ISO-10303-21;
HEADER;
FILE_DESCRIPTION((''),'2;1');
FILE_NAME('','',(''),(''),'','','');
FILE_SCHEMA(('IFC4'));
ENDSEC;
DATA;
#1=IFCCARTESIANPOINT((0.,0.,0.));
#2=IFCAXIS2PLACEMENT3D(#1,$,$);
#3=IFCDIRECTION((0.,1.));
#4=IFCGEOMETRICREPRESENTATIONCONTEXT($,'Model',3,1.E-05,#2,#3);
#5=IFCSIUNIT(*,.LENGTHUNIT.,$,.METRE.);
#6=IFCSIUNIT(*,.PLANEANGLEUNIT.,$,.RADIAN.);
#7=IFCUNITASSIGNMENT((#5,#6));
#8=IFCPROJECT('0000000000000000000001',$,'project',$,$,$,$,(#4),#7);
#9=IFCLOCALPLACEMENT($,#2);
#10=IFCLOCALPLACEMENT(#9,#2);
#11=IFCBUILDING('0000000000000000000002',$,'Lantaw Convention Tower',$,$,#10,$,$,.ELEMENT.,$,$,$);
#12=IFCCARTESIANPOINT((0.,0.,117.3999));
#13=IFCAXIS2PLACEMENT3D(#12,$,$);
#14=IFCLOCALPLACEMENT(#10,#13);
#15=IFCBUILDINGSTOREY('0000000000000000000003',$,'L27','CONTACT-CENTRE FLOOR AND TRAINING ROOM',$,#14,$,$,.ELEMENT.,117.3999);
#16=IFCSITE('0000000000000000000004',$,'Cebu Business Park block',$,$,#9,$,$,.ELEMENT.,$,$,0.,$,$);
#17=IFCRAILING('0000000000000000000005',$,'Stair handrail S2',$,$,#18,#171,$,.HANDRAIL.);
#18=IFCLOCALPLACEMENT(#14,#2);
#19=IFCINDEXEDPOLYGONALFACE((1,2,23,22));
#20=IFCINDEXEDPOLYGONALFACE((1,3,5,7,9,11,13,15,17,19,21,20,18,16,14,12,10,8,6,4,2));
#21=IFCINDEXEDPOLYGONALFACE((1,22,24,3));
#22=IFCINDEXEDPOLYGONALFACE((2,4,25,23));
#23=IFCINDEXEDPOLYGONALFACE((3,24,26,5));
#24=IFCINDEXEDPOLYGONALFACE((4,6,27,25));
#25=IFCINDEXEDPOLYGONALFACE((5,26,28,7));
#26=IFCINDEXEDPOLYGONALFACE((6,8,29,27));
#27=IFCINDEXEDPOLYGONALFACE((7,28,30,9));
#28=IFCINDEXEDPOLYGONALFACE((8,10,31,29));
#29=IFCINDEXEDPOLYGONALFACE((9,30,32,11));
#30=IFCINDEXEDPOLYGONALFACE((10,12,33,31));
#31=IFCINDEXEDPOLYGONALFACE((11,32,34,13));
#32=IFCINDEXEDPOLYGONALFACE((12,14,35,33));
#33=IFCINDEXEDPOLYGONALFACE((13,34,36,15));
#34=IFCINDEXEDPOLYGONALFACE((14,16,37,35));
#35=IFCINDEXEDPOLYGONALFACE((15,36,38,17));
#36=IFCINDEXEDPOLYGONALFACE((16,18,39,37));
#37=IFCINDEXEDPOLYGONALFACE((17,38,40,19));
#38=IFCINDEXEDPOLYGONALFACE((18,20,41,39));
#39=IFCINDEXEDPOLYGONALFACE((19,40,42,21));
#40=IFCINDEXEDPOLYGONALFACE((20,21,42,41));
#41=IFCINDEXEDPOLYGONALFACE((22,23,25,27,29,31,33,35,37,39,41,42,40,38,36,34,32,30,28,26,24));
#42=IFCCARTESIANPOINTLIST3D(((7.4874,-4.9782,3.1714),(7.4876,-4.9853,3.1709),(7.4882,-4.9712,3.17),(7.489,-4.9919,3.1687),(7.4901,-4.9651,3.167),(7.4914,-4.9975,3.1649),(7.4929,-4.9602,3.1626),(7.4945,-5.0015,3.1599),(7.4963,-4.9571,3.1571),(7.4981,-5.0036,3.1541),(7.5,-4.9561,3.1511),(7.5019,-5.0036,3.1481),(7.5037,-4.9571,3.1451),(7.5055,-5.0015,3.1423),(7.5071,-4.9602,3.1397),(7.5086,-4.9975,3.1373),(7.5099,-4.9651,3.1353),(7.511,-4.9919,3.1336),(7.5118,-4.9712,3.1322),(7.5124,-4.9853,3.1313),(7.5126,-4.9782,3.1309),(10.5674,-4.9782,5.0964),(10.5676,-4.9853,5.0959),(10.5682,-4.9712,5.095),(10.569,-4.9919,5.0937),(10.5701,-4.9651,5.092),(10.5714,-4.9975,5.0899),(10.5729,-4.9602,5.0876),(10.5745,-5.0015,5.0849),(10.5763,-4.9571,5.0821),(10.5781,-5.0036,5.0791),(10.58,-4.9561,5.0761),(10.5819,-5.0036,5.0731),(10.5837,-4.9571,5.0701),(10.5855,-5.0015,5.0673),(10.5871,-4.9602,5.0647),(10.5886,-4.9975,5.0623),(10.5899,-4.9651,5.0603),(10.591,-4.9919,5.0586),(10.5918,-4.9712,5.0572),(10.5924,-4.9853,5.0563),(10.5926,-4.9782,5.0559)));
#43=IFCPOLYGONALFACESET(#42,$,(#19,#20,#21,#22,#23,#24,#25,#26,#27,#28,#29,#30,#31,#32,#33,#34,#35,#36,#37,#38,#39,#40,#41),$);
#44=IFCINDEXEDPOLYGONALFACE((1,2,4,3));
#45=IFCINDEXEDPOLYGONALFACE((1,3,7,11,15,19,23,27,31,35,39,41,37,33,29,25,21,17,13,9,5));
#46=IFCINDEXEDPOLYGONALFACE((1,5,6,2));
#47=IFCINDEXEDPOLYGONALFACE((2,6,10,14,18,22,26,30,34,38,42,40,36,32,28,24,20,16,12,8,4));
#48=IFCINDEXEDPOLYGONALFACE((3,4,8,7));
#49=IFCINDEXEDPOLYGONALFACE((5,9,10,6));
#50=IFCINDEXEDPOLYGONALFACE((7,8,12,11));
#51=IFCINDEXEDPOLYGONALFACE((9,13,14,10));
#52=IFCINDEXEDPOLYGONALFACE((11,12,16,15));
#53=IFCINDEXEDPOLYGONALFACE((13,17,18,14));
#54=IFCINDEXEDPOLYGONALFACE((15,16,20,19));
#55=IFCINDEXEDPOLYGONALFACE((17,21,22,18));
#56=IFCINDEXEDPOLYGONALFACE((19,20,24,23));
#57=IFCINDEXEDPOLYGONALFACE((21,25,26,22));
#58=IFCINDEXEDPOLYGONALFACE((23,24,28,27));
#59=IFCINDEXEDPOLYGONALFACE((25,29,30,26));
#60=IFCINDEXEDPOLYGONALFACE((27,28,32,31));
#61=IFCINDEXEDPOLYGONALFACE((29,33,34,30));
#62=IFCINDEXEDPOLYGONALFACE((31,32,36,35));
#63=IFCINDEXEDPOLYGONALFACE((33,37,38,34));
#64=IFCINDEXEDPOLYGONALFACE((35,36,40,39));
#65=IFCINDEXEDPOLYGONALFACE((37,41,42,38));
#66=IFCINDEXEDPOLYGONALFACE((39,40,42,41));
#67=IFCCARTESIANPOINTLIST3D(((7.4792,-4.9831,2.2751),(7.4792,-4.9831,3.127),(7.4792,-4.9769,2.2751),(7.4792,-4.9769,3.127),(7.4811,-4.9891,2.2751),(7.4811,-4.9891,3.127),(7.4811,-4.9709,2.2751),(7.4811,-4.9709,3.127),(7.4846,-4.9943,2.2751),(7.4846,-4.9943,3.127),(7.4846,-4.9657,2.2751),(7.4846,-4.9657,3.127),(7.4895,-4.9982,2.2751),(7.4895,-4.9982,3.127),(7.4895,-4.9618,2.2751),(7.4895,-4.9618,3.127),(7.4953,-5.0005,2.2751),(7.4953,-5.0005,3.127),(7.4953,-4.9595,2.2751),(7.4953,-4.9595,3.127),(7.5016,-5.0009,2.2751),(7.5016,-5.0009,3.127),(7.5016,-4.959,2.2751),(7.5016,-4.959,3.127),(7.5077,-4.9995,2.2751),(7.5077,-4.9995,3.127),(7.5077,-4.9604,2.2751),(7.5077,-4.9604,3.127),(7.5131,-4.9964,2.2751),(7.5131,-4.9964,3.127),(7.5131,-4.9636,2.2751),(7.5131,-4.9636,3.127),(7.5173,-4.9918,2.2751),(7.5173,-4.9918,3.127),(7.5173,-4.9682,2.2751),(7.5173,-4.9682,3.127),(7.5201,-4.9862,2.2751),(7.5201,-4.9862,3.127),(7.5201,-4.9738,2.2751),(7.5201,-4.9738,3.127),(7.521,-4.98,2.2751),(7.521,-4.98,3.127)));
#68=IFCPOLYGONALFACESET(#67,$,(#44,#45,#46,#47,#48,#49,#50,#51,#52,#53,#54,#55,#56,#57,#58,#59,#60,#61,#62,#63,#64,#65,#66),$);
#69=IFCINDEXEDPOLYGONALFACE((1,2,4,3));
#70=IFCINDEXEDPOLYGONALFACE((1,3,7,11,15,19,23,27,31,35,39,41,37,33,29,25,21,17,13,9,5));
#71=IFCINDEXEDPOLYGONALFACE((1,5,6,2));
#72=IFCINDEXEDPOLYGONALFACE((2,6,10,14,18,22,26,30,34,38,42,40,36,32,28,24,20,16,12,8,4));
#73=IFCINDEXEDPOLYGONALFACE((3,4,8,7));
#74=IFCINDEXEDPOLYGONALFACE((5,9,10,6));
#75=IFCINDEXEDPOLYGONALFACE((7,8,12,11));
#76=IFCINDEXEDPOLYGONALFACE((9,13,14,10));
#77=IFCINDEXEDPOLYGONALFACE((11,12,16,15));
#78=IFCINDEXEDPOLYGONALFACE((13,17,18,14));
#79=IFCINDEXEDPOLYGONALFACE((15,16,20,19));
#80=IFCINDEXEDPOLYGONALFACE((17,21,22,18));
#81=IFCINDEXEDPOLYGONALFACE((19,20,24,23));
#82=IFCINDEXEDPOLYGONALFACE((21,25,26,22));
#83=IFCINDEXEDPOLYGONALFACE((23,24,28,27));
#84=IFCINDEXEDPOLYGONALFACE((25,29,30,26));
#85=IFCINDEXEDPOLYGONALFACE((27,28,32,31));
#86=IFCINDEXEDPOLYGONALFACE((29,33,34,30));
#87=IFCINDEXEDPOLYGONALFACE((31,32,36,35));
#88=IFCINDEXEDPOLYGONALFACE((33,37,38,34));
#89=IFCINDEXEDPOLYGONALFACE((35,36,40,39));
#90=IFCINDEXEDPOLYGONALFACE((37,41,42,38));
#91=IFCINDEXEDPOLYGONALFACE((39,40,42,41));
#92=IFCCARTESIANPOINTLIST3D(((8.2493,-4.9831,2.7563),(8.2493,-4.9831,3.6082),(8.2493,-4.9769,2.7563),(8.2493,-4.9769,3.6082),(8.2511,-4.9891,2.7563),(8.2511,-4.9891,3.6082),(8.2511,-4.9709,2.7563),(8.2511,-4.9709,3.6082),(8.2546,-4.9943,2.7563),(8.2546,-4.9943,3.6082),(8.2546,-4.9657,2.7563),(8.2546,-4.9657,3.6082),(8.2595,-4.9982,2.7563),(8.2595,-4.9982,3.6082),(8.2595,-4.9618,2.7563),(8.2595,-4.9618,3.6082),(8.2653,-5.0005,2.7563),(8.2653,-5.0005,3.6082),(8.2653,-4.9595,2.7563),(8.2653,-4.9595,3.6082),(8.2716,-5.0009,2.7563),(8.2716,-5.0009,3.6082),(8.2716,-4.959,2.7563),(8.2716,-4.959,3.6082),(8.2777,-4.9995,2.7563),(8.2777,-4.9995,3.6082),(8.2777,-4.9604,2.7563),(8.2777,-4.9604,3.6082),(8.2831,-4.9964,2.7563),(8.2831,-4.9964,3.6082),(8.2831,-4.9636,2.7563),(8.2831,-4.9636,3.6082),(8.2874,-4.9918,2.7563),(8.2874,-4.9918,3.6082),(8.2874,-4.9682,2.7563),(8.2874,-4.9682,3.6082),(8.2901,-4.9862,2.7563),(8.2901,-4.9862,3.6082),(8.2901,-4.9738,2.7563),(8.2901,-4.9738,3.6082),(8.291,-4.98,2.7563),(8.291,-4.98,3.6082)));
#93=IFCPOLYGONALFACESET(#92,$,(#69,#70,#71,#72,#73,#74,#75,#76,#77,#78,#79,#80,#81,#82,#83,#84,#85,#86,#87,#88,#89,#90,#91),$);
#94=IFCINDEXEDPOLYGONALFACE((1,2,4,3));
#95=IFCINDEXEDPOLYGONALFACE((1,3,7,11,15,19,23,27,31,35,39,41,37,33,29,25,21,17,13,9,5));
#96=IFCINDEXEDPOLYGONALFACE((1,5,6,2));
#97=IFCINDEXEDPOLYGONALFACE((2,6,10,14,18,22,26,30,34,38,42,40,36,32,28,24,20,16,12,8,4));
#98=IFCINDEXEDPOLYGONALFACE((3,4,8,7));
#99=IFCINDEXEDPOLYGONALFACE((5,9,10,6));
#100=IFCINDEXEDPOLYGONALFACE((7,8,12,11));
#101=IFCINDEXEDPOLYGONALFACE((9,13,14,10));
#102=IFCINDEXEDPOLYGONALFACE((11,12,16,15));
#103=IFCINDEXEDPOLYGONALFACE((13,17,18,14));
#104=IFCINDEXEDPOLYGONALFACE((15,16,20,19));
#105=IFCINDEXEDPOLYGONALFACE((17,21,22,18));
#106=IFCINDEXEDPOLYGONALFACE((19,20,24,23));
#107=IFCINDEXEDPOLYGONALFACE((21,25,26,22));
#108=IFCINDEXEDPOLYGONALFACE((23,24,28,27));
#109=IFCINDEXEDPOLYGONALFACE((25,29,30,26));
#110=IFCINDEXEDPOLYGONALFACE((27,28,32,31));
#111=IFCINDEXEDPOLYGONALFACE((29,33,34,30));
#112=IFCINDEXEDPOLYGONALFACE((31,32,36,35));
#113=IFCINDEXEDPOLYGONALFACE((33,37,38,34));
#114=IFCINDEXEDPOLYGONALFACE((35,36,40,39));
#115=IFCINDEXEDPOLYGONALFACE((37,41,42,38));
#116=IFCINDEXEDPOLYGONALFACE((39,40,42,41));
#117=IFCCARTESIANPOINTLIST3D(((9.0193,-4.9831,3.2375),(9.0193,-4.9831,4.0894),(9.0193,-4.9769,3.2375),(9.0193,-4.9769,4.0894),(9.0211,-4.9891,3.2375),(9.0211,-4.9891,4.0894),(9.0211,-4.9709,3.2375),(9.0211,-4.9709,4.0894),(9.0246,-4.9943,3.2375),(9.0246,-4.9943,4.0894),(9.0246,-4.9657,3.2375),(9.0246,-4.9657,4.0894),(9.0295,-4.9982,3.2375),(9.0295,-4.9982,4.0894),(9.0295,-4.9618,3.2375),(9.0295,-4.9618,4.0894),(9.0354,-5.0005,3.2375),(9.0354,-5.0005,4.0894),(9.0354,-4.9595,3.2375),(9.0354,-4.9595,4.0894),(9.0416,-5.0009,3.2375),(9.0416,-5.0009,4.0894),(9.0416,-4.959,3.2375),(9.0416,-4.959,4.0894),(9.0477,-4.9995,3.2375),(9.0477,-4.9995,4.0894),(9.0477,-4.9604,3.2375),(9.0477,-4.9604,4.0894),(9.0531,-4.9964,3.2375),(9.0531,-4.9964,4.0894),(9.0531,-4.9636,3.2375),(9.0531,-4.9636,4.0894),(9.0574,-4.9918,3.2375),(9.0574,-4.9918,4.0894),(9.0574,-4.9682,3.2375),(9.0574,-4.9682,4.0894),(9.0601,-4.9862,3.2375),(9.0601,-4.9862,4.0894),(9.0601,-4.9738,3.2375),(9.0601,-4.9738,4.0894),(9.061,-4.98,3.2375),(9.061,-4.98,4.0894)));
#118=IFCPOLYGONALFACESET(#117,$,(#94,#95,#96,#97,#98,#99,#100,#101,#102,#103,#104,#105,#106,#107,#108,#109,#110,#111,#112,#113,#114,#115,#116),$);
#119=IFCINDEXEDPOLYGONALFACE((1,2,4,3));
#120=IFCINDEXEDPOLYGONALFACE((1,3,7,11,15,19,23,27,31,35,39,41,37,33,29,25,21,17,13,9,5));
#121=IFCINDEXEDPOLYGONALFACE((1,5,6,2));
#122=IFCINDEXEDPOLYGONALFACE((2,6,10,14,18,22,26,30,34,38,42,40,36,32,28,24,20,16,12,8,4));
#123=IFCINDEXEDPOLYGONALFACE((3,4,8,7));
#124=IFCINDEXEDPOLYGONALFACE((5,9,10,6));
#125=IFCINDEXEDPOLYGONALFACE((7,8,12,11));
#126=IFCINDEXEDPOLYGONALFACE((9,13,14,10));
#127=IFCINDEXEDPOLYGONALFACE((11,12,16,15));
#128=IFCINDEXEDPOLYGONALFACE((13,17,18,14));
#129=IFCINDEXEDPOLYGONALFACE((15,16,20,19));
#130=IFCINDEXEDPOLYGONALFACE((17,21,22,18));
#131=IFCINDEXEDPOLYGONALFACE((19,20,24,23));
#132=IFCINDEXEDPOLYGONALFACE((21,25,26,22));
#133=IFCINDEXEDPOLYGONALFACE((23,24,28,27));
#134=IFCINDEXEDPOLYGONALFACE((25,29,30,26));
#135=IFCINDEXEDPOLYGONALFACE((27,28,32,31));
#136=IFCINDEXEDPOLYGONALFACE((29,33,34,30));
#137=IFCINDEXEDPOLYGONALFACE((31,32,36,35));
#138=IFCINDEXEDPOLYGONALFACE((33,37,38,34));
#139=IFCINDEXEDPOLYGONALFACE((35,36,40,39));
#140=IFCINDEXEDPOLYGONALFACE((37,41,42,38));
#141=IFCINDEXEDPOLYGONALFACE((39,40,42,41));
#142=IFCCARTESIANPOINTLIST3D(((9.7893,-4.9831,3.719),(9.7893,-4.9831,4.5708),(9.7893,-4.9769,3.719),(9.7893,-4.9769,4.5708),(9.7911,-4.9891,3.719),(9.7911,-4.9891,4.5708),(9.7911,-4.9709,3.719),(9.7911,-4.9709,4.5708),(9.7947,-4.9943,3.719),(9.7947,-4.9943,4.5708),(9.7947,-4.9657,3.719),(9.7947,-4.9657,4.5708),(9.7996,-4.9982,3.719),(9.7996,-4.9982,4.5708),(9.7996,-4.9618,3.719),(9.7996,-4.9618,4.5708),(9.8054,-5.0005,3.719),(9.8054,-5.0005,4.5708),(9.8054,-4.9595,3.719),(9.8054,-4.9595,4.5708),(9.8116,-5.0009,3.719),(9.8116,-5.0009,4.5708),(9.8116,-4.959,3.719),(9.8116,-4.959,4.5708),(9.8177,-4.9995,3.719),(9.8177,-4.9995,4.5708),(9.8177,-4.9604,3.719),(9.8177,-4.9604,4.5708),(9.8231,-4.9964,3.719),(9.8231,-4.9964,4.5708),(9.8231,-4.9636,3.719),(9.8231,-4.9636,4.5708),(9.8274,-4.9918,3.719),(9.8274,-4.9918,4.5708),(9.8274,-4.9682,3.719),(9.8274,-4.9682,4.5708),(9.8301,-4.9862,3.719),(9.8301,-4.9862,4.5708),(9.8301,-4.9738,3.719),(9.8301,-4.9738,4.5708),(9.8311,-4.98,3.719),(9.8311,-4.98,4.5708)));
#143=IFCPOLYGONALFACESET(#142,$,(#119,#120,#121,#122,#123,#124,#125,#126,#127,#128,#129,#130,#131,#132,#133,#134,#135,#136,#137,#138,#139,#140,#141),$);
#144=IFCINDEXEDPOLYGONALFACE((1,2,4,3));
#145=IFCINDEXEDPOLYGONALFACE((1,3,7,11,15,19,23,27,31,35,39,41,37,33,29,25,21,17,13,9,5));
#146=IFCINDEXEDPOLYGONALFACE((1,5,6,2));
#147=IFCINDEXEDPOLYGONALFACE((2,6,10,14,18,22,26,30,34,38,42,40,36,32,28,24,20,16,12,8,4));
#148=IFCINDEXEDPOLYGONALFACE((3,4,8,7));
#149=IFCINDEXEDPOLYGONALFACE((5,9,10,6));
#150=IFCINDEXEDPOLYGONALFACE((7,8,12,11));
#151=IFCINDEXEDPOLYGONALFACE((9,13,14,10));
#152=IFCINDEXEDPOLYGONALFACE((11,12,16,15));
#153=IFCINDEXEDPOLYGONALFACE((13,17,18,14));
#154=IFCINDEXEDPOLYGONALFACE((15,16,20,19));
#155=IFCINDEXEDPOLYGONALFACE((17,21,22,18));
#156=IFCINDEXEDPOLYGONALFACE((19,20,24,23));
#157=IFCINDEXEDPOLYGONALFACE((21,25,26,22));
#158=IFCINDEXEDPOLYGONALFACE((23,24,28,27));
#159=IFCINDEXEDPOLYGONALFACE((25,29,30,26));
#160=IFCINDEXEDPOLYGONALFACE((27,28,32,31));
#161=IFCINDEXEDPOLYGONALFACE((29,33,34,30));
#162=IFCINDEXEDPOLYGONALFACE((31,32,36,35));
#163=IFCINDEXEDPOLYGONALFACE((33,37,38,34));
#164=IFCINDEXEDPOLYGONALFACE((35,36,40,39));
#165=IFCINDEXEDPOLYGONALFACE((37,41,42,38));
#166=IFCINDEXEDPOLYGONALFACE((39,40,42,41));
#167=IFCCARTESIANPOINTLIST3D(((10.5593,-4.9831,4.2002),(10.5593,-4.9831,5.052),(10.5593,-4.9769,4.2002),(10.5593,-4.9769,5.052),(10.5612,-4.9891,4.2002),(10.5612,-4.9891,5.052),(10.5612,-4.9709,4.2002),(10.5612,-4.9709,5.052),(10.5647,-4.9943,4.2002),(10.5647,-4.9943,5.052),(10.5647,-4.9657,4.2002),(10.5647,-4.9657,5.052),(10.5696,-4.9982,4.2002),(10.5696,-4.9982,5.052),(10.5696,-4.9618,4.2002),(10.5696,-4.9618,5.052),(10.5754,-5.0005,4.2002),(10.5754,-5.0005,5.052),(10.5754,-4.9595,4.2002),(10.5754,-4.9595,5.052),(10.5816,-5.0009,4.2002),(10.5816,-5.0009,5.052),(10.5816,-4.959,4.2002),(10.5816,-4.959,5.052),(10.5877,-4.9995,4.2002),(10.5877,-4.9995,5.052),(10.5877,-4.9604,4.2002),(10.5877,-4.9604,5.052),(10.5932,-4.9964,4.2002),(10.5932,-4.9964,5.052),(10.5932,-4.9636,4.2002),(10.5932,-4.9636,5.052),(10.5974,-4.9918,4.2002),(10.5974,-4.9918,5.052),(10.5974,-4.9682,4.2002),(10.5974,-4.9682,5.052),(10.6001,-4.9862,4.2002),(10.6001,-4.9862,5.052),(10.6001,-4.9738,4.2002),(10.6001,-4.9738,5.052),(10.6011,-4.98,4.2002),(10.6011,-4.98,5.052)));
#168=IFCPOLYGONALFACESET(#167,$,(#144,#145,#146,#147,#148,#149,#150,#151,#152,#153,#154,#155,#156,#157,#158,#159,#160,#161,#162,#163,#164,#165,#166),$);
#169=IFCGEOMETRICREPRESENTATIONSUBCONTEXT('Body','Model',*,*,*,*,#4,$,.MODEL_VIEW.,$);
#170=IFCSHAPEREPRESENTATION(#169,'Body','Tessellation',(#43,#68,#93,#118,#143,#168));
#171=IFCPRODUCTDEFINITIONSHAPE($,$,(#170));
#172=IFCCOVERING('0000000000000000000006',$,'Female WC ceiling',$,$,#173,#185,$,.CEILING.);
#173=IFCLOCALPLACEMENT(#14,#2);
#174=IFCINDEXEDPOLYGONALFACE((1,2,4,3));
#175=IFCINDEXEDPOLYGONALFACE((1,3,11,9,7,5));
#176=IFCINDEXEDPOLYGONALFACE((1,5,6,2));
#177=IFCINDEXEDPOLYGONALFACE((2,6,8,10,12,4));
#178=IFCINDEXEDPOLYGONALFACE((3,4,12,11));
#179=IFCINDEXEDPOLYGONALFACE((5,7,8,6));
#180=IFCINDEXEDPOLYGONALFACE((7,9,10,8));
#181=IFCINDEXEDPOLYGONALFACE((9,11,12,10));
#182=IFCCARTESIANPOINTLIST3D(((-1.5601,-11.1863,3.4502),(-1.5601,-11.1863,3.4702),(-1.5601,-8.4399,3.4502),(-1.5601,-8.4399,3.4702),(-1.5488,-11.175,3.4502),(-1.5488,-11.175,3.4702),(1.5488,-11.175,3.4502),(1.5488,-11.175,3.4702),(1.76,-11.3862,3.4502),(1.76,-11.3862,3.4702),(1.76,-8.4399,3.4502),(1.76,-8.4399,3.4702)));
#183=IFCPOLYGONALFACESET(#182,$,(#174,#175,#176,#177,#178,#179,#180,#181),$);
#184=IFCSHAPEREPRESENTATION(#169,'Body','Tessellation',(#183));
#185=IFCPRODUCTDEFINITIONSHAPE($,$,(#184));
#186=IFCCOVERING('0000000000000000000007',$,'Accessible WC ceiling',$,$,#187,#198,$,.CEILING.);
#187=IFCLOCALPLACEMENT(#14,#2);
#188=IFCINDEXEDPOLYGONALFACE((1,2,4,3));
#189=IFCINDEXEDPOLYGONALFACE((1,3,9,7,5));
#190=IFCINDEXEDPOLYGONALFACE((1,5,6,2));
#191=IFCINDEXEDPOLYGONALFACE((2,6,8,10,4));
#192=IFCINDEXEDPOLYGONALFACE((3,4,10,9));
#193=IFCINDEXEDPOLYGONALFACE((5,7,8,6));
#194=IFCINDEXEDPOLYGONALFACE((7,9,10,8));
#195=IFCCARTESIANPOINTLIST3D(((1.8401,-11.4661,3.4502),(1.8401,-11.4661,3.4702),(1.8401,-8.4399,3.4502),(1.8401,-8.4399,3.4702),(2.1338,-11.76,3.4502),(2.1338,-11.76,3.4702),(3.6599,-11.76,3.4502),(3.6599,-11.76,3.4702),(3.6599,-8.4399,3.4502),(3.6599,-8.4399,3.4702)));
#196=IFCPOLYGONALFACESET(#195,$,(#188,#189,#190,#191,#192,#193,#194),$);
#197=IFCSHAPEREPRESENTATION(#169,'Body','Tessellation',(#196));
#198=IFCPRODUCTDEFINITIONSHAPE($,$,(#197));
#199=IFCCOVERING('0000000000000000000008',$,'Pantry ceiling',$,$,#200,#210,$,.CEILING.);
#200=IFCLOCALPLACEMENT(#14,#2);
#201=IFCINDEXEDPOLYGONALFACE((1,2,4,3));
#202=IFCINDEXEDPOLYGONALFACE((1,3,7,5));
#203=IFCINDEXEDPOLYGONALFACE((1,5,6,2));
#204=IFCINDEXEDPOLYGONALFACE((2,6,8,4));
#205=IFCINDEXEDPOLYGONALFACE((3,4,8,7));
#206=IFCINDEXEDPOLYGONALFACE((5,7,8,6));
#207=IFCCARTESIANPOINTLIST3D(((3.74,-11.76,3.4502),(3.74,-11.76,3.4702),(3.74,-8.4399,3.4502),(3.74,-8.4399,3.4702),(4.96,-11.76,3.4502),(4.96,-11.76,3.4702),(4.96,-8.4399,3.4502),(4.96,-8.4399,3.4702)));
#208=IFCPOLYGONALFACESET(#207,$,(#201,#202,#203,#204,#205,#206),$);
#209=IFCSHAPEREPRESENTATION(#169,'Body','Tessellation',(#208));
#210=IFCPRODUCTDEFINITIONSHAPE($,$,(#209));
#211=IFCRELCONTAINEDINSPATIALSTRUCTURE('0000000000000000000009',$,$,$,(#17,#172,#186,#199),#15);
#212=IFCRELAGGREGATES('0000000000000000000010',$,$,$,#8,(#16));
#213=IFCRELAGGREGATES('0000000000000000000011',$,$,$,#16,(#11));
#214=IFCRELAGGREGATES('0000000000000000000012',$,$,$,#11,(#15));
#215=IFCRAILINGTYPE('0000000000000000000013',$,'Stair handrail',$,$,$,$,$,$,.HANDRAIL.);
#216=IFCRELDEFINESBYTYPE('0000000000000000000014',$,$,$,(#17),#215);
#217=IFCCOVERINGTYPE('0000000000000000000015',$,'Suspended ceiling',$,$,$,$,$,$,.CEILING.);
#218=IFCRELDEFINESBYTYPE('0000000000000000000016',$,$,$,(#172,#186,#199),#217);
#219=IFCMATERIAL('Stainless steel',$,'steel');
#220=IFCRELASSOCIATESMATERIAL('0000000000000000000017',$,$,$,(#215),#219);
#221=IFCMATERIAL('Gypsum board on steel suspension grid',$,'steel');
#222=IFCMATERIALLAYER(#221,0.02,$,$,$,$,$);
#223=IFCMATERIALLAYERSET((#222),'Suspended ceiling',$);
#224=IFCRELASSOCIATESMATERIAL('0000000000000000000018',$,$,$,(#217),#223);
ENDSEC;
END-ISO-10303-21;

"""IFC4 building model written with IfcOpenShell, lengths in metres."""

from ifc_helpers import new_model, si_unit, direction, frame, origin, origin_2d, place, context, subcontext, project, spatial, polyline, circle, outline, extrude, material, layer, layer_set, type_object, element, save


model = new_model("IFC4")

# Units and contexts
model_context = context("Model", 3, precision=1e-05, world=origin(), true_north=direction((0.0, 1.0)))
body_context = subcontext(model_context, "Body", "Model", "MODEL_VIEW")
ifc_project = project(units=[si_unit("LENGTHUNIT", "METRE"), si_unit("PLANEANGLEUNIT", "RADIAN")], contexts=[model_context])

# Site, building, storey
site_placement = place(None, origin())
site = spatial("IfcSite", under=ifc_project, at=site_placement, Name="Cebu Business Park block", CompositionType="ELEMENT", RefElevation=0.0)
building_placement = place(site_placement, origin())
building = spatial("IfcBuilding", under=site, at=building_placement, Name="Lantaw Convention Tower", CompositionType="ELEMENT")
storey_placement = place(building_placement, frame((0.0, 0.0, 117.3999)))
storey = spatial("IfcBuildingStorey", under=building, at=storey_placement, Name="L27", Description="CONTACT-CENTRE FLOOR AND TRAINING ROOM", CompositionType="ELEMENT", Elevation=117.3999)

# Railing
ifc_material_1 = material(Name="Stainless steel", Category="steel")
railing_type = type_object("IfcRailingType", Name="Stair handrail", PredefinedType="HANDRAIL", material=ifc_material_1)
railing_1_placement = place(storey_placement, frame((7.5, -4.98, 2.2751)))
element("IfcRailing", 1, at=railing_1_placement, inside=storey, type_object=railing_type, Name="Stair handrail S2", PredefinedType="HANDRAIL", context=body_context, shape_type="SweptSolid", body=[
    extrude(circle(Radius=0.0239, at=origin_2d()), frame((0.0, 0.0, 0.876), z_axis=(0.847998, 0.0, 0.529999), x_axis=(0.0, 1.0, 0.0)), (0.0, 0.0, 1.0), 3.6321),
    extrude(circle(Radius=0.021, at=origin_2d()), origin(), (0.0, 0.0, 1.0), 0.8518),
    extrude(circle(Radius=0.021, at=origin_2d()), frame((0.77, 0.0, 0.4812)), (0.0, 0.0, 1.0), 0.8518),
    extrude(circle(Radius=0.021, at=origin_2d()), frame((1.54, 0.0, 0.9624)), (0.0, 0.0, 1.0), 0.8518),
    extrude(circle(Radius=0.021, at=origin_2d()), frame((2.3101, 0.0, 1.4438)), (0.0, 0.0, 1.0), 0.8518),
    extrude(circle(Radius=0.021, at=origin_2d()), frame((3.0801, 0.0, 1.925)), (0.0, 0.0, 1.0), 0.8518),
])

# Coverings
ifc_material_2 = material(Name="Gypsum board on steel suspension grid", Category="steel")
ifc_layer_1 = layer(ifc_material_2, 0.02)
ifc_layer_set_1 = layer_set([ifc_layer_1], Name="Suspended ceiling")
covering_type = type_object("IfcCoveringType", Name="Suspended ceiling", PredefinedType="CEILING", material=ifc_layer_set_1)
covering_1_placement = place(storey_placement, frame((0.0, 0.0, 3.4502)))
element("IfcCovering", 2, at=covering_1_placement, inside=storey, type_object=covering_type, Name="Female WC ceiling", PredefinedType="CEILING", context=body_context, shape_type="SweptSolid", body=[
    extrude(outline(polyline([(-1.5601, -11.1863), (-1.5488, -11.175), (1.5488, -11.175), (1.76, -11.3862), (1.76, -8.4399), (-1.5601, -8.4399), (-1.5601, -11.1863)])), origin(), (0.0, 0.0, 1.0), 0.02),
])
covering_2_placement = place(storey_placement, frame((0.0, 0.0, 3.4502)))
element("IfcCovering", 3, at=covering_2_placement, inside=storey, type_object=covering_type, Name="Accessible WC ceiling", PredefinedType="CEILING", context=body_context, shape_type="SweptSolid", body=[
    extrude(outline(polyline([(1.8401, -8.4399), (1.8401, -11.4661), (2.1338, -11.76), (3.6599, -11.76), (3.6599, -8.4399), (1.8401, -8.4399)])), origin(), (0.0, 0.0, 1.0), 0.02),
])
covering_3_placement = place(storey_placement, frame((0.0, 0.0, 3.4502)))
element("IfcCovering", 4, at=covering_3_placement, inside=storey, type_object=covering_type, Name="Pantry ceiling", PredefinedType="CEILING", context=body_context, shape_type="SweptSolid", body=[
    extrude(outline(polyline([(3.74, -11.76), (4.96, -11.76), (4.96, -8.4399), (3.74, -8.4399), (3.74, -11.76)])), origin(), (0.0, 0.0, 1.0), 0.02),
])

save(model, "model.ifc")
